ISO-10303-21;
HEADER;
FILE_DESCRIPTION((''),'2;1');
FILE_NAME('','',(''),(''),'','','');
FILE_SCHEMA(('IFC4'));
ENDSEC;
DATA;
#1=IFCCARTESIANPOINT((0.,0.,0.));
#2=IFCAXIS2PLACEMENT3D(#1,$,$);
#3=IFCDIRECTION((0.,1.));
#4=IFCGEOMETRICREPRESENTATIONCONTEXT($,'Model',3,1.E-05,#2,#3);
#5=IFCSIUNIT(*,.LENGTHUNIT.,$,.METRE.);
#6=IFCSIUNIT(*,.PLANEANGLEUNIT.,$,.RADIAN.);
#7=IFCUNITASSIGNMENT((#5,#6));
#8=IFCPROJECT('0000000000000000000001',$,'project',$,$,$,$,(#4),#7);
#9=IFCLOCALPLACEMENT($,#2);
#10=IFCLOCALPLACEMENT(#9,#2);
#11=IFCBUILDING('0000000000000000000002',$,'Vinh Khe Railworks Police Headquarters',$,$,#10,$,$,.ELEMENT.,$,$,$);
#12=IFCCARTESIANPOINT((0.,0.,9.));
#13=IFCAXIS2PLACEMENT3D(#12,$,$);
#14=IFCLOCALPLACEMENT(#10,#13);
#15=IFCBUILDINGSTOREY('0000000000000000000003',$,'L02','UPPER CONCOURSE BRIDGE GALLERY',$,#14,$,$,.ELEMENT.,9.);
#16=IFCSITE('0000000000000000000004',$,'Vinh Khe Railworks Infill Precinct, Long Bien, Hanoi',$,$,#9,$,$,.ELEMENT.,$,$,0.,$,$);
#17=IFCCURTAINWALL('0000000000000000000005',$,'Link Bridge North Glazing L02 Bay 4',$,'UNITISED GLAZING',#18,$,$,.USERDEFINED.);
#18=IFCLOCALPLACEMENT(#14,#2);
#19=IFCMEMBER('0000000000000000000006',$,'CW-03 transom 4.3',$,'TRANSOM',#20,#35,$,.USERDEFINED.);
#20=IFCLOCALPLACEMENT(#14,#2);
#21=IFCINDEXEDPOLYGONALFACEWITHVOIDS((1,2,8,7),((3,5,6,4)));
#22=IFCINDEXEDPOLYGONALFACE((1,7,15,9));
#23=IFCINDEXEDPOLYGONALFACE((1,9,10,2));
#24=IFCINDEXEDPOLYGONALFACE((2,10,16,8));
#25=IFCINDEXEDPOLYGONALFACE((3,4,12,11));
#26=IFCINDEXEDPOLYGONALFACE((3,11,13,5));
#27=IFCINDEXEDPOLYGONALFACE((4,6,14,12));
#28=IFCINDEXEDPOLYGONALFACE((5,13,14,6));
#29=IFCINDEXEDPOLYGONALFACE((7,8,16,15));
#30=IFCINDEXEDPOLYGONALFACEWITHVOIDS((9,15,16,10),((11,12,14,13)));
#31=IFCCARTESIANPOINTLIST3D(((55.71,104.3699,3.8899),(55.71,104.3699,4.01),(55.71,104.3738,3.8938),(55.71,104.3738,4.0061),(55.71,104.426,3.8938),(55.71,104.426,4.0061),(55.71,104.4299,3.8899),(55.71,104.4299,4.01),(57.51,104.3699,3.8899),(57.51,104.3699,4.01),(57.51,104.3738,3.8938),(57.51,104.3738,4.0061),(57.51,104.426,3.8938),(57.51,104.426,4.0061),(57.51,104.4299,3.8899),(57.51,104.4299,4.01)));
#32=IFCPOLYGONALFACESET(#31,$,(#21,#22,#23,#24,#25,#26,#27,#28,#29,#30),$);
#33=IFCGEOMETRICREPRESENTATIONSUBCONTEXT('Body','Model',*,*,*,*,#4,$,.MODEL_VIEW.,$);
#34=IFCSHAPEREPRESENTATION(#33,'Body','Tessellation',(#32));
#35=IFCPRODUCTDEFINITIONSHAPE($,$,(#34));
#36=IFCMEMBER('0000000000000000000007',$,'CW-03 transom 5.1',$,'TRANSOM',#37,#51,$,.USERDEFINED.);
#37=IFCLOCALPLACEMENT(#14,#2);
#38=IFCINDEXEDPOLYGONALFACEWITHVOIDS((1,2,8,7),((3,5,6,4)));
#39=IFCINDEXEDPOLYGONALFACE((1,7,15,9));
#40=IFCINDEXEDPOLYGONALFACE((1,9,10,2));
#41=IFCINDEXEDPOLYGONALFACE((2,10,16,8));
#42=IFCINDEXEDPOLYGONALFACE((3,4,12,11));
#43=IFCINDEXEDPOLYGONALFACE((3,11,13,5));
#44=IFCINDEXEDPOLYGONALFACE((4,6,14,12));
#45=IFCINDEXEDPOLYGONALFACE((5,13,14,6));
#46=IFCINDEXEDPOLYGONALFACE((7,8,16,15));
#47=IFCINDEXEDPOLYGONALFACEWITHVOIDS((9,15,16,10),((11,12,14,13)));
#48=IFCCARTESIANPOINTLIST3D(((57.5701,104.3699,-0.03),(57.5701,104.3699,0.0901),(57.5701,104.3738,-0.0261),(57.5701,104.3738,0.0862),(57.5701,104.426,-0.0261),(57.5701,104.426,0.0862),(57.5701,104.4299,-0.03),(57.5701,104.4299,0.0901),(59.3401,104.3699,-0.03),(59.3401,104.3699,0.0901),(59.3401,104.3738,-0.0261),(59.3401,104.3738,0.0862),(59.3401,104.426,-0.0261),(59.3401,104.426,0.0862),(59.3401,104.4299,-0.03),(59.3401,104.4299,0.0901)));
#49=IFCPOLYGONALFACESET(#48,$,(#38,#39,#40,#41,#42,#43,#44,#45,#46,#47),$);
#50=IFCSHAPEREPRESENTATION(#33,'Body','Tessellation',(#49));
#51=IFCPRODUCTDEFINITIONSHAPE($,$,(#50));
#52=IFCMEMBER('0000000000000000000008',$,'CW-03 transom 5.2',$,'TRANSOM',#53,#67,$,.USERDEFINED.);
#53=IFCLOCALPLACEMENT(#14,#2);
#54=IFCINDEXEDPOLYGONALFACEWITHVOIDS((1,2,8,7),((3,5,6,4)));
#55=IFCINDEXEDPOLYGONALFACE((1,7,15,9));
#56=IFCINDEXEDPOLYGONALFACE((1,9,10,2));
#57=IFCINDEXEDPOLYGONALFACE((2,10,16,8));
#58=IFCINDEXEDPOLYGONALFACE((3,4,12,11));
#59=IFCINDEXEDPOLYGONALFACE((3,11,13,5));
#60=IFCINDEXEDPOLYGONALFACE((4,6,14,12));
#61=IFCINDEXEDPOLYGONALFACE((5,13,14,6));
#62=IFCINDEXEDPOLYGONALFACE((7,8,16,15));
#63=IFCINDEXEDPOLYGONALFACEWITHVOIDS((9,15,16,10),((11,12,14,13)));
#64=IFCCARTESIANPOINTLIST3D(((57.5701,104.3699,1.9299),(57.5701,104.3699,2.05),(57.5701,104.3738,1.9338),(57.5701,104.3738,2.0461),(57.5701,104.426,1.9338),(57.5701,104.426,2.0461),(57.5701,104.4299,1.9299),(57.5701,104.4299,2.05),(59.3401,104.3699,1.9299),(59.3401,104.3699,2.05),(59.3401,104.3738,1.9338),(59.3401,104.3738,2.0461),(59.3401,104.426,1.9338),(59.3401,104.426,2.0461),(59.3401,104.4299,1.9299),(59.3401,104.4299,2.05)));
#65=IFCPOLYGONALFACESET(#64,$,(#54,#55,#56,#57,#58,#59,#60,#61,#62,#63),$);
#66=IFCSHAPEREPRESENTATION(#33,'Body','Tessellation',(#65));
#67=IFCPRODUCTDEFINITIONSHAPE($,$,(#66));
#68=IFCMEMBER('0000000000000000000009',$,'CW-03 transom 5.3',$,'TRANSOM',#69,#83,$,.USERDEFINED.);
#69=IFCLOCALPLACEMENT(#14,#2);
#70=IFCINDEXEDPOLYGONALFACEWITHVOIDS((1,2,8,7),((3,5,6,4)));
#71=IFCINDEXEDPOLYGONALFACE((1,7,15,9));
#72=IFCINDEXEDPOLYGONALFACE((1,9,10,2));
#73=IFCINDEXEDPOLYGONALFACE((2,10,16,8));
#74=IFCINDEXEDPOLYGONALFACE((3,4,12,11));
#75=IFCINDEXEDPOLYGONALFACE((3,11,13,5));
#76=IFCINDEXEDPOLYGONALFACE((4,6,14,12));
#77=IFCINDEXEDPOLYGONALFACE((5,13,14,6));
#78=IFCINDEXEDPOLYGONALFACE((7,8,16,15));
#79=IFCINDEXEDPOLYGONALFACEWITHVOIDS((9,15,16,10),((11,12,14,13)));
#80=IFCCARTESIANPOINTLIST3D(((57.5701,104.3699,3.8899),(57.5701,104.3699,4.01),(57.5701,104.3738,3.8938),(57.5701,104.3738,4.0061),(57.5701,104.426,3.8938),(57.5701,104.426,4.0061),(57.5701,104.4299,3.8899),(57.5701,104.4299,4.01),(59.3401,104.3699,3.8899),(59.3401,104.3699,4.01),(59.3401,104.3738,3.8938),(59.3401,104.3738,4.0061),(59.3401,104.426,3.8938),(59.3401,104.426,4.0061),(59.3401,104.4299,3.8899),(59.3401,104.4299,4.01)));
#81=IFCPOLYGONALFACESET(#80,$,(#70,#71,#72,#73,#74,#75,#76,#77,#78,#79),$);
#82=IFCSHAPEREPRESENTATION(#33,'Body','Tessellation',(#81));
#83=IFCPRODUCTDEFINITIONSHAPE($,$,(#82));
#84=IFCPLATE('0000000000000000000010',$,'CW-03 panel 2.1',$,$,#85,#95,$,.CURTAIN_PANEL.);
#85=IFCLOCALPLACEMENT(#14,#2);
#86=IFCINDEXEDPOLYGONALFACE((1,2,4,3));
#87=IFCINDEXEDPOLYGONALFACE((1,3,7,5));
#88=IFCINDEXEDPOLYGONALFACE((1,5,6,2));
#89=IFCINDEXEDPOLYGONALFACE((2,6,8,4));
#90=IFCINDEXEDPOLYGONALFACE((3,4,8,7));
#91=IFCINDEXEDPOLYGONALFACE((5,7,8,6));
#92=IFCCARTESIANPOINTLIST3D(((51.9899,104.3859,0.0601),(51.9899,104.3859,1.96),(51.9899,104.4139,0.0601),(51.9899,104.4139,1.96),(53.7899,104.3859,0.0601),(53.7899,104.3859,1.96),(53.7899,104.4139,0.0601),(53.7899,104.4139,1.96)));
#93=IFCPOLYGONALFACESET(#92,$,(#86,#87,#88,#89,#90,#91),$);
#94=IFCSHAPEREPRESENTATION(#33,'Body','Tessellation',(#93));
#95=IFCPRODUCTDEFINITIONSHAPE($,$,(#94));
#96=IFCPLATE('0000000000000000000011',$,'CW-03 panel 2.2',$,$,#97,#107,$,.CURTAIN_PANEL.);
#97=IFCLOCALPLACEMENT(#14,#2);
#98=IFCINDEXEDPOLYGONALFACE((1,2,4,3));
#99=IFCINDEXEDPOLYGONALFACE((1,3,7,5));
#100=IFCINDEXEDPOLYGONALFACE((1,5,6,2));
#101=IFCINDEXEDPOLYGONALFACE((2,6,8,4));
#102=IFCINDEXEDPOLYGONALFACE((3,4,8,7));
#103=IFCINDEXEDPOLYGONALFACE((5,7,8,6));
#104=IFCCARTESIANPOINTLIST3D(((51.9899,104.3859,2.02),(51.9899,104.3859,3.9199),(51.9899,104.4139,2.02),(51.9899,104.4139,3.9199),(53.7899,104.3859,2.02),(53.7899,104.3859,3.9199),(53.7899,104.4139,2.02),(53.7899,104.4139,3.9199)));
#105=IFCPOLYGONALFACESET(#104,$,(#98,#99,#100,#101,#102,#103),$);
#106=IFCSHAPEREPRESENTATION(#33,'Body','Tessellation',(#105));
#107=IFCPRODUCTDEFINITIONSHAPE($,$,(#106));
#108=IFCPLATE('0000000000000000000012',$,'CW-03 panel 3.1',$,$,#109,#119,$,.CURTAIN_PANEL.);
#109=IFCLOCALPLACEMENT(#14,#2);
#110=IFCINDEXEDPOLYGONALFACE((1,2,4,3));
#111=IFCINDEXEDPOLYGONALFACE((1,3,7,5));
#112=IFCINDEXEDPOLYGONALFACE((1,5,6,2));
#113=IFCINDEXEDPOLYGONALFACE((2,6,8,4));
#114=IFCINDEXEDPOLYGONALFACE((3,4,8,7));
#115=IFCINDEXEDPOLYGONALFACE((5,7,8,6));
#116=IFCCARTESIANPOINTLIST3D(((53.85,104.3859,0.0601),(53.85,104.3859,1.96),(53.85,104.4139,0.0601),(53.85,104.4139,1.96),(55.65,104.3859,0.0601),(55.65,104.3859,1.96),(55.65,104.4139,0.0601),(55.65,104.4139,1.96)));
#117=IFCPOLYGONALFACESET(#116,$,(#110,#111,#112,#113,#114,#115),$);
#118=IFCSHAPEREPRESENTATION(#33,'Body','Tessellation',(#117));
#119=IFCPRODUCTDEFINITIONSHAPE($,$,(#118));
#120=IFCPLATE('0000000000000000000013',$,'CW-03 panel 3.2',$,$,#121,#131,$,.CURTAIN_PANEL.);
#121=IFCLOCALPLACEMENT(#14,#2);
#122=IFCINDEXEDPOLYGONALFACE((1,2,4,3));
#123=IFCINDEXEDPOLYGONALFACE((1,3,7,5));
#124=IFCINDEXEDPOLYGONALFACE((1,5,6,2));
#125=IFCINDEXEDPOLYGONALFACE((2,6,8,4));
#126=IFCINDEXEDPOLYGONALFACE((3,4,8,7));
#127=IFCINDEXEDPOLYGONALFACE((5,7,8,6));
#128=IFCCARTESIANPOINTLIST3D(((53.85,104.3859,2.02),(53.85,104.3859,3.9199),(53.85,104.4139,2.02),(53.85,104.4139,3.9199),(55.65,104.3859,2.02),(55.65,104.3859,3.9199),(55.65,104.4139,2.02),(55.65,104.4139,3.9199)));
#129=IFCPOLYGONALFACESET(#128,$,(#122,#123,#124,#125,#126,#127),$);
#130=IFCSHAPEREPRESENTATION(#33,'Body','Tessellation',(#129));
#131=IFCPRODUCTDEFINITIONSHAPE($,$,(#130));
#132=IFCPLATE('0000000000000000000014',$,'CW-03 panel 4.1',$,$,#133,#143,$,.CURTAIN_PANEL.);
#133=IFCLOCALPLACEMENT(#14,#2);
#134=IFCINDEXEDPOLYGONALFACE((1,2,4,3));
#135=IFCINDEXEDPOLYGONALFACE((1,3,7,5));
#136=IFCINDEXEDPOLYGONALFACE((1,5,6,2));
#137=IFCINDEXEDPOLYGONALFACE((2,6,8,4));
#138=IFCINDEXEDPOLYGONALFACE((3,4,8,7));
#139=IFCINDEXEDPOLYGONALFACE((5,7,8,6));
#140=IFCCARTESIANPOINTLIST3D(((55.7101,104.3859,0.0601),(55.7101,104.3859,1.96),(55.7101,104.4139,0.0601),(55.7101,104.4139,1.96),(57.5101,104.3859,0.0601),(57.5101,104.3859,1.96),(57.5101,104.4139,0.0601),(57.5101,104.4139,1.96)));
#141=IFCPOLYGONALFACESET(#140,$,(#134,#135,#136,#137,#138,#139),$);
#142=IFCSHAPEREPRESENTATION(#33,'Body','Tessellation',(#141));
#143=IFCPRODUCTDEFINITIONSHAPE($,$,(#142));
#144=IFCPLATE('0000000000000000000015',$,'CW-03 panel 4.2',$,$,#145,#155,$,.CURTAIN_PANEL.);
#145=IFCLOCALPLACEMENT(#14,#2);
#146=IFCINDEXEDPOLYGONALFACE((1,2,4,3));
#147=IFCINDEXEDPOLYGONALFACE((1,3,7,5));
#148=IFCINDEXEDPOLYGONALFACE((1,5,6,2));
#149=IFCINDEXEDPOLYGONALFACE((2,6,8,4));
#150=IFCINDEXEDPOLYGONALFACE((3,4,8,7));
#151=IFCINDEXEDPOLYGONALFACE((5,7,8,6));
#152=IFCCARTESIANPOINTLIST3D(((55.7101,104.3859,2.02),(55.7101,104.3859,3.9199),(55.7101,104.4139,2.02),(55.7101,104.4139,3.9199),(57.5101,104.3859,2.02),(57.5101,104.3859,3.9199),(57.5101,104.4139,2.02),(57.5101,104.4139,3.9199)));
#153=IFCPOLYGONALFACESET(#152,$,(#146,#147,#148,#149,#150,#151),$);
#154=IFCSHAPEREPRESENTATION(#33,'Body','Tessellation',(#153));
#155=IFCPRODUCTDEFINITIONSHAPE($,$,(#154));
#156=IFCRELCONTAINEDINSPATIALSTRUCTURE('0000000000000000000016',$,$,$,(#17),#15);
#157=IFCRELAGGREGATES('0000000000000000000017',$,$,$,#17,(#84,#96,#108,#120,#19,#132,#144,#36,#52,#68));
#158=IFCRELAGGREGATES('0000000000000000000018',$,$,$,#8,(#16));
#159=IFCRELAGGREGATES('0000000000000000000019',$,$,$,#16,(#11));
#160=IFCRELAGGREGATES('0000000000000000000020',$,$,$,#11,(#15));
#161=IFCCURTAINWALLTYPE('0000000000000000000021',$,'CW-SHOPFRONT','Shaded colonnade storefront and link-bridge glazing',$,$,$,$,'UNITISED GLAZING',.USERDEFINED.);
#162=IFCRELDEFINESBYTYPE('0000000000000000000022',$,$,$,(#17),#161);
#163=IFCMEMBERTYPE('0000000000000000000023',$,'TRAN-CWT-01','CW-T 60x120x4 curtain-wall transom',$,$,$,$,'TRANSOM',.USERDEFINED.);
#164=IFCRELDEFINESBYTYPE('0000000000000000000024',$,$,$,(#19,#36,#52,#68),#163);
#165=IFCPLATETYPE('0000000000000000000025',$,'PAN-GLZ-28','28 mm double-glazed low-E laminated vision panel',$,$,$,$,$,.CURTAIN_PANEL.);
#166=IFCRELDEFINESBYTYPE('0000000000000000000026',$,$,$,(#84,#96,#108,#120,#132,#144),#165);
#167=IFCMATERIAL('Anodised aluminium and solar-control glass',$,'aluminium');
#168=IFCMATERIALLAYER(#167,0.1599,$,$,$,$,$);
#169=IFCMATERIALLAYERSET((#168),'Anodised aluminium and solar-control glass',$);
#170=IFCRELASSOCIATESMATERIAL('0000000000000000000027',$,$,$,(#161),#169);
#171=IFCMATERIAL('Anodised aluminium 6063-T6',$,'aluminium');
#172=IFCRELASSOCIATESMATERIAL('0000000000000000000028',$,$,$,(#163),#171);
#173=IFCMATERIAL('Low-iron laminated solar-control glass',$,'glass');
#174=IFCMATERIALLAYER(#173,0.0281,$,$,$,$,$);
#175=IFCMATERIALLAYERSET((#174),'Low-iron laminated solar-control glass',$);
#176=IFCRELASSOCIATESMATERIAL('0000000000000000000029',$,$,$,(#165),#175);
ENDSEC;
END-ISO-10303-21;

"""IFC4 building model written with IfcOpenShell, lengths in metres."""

from ifc_helpers import new_model, si_unit, direction, frame, origin, origin_2d, place, context, subcontext, project, spatial, rectangle, hollow_rectangle, extrude, material, layer, layer_set, material_profile, profile_set, type_object, element, aggregate, save


model = new_model("IFC4")

# Units and contexts
model_context = context("Model", 3, precision=1e-05, world=origin(), true_north=direction((0.0, 1.0)))
body_context = subcontext(model_context, "Body", "Model", "MODEL_VIEW")
ifc_project = project(units=[si_unit("LENGTHUNIT", "METRE"), si_unit("PLANEANGLEUNIT", "RADIAN")], contexts=[model_context])

# Site, building, storey
site_placement = place(None, origin())
site = spatial("IfcSite", under=ifc_project, at=site_placement, Name="Vinh Khe Railworks Infill Precinct, Long Bien, Hanoi", CompositionType="ELEMENT", RefElevation=0.0)
building_placement = place(site_placement, origin())
building = spatial("IfcBuilding", under=site, at=building_placement, Name="Vinh Khe Railworks Police Headquarters", CompositionType="ELEMENT")
storey_placement = place(building_placement, frame((0.0, 0.0, 9.0)))
storey = spatial("IfcBuildingStorey", under=building, at=storey_placement, Name="L02", Description="UPPER CONCOURSE BRIDGE GALLERY", CompositionType="ELEMENT", Elevation=9.0)

# Curtain wall, members, plates
ifc_material_1 = material(Name="Anodised aluminium and solar-control glass", Category="aluminium")
ifc_layer_1 = layer(ifc_material_1, 0.1599)
ifc_layer_set_1 = layer_set([ifc_layer_1], Name="Anodised aluminium and solar-control glass")
curtain_wall_type = type_object("IfcCurtainWallType", Name="CW-SHOPFRONT", Description="Shaded colonnade storefront and link-bridge glazing", ElementType="UNITISED GLAZING", PredefinedType="USERDEFINED", material=ifc_layer_set_1)
curtain_wall_placement = place(storey_placement, origin())
curtain_wall = element("IfcCurtainWall", 1, at=curtain_wall_placement, inside=storey, type_object=curtain_wall_type, Name="Link Bridge North Glazing L02 Bay 4", ObjectType="UNITISED GLAZING", PredefinedType="USERDEFINED")
ifc_material_2 = material(Name="Anodised aluminium 6063-T6", Category="aluminium")
ifc_material_profile_1 = material_profile(ifc_material_2, hollow_rectangle(XDim=0.0601, YDim=0.1201, WallThickness=0.0039, at=origin_2d()), Name="CW-T 60x120x4")
ifc_profile_set_1 = profile_set([ifc_material_profile_1], Name="Anodised aluminium 6063-T6")
member_type_1 = type_object("IfcMemberType", Name="TRAN-CWT-01", Description="CW-T 60x120x4 curtain-wall transom", ElementType="TRANSOM", PredefinedType="USERDEFINED", material=ifc_profile_set_1)
member_1_placement = place(storey_placement, frame((55.71, 104.3999, 3.95), z_axis=(1.0, 0.0, 0.0), x_axis=(0.0, 1.0, 0.0)))
member_1 = element("IfcMember", 2, at=member_1_placement, type_object=member_type_1, Name="CW-03 transom 4.3", ObjectType="TRANSOM", PredefinedType="USERDEFINED", context=body_context, shape_type="SweptSolid", body=[
    extrude(hollow_rectangle(XDim=0.0601, YDim=0.1201, WallThickness=0.0039, at=origin_2d()), origin(), (0.0, 0.0, 1.0), 1.8),
])
member_2_placement = place(storey_placement, frame((57.5701, 104.3999, 0.03), z_axis=(1.0, 0.0, 0.0), x_axis=(0.0, 1.0, 0.0)))
member_2 = element("IfcMember", 3, at=member_2_placement, type_object=member_type_1, Name="CW-03 transom 5.1", ObjectType="TRANSOM", PredefinedType="USERDEFINED", context=body_context, shape_type="SweptSolid", body=[
    extrude(hollow_rectangle(XDim=0.0601, YDim=0.1201, WallThickness=0.0039, at=origin_2d()), origin(), (0.0, 0.0, 1.0), 1.77),
])
member_3_placement = place(storey_placement, frame((57.5701, 104.3999, 1.99), z_axis=(1.0, 0.0, 0.0), x_axis=(0.0, 1.0, 0.0)))
member_3 = element("IfcMember", 4, at=member_3_placement, type_object=member_type_1, Name="CW-03 transom 5.2", ObjectType="TRANSOM", PredefinedType="USERDEFINED", context=body_context, shape_type="SweptSolid", body=[
    extrude(hollow_rectangle(XDim=0.0601, YDim=0.1201, WallThickness=0.0039, at=origin_2d()), origin(), (0.0, 0.0, 1.0), 1.77),
])
member_4_placement = place(storey_placement, frame((57.5701, 104.3999, 3.95), z_axis=(1.0, 0.0, 0.0), x_axis=(0.0, 1.0, 0.0)))
member_4 = element("IfcMember", 5, at=member_4_placement, type_object=member_type_1, Name="CW-03 transom 5.3", ObjectType="TRANSOM", PredefinedType="USERDEFINED", context=body_context, shape_type="SweptSolid", body=[
    extrude(hollow_rectangle(XDim=0.0601, YDim=0.1201, WallThickness=0.0039, at=origin_2d()), origin(), (0.0, 0.0, 1.0), 1.77),
])
ifc_material_3 = material(Name="Low-iron laminated solar-control glass", Category="glass")
ifc_layer_2 = layer(ifc_material_3, 0.0281)
ifc_layer_set_2 = layer_set([ifc_layer_2], Name="Low-iron laminated solar-control glass")
plate_type = type_object("IfcPlateType", Name="PAN-GLZ-28", Description="28 mm double-glazed low-E laminated vision panel", PredefinedType="CURTAIN_PANEL", material=ifc_layer_set_2)
plate_1_placement = place(storey_placement, frame((52.8899, 104.3999, 0.0601), z_axis=(0.0, 0.0, 1.0), x_axis=(1.0, 0.0, 0.0)))
plate_1 = element("IfcPlate", 6, at=plate_1_placement, type_object=plate_type, Name="CW-03 panel 2.1", PredefinedType="CURTAIN_PANEL", context=body_context, shape_type="SweptSolid", body=[
    extrude(rectangle(XDim=1.8, YDim=0.0281, at=origin_2d()), origin(), (0.0, 0.0, 1.0), 1.8999),
])
plate_2_placement = place(storey_placement, frame((52.8899, 104.3999, 2.02), z_axis=(0.0, 0.0, 1.0), x_axis=(1.0, 0.0, 0.0)))
plate_2 = element("IfcPlate", 7, at=plate_2_placement, type_object=plate_type, Name="CW-03 panel 2.2", PredefinedType="CURTAIN_PANEL", context=body_context, shape_type="SweptSolid", body=[
    extrude(rectangle(XDim=1.8, YDim=0.0281, at=origin_2d()), origin(), (0.0, 0.0, 1.0), 1.8999),
])
plate_3_placement = place(storey_placement, frame((54.75, 104.3999, 0.0601), z_axis=(0.0, 0.0, 1.0), x_axis=(1.0, 0.0, 0.0)))
plate_3 = element("IfcPlate", 8, at=plate_3_placement, type_object=plate_type, Name="CW-03 panel 3.1", PredefinedType="CURTAIN_PANEL", context=body_context, shape_type="SweptSolid", body=[
    extrude(rectangle(XDim=1.8, YDim=0.0281, at=origin_2d()), origin(), (0.0, 0.0, 1.0), 1.8999),
])
plate_4_placement = place(storey_placement, frame((54.75, 104.3999, 2.02), z_axis=(0.0, 0.0, 1.0), x_axis=(1.0, 0.0, 0.0)))
plate_4 = element("IfcPlate", 9, at=plate_4_placement, type_object=plate_type, Name="CW-03 panel 3.2", PredefinedType="CURTAIN_PANEL", context=body_context, shape_type="SweptSolid", body=[
    extrude(rectangle(XDim=1.8, YDim=0.0281, at=origin_2d()), origin(), (0.0, 0.0, 1.0), 1.8999),
])
plate_5_placement = place(storey_placement, frame((56.6101, 104.3999, 0.0601), z_axis=(0.0, 0.0, 1.0), x_axis=(1.0, 0.0, 0.0)))
plate_5 = element("IfcPlate", 10, at=plate_5_placement, type_object=plate_type, Name="CW-03 panel 4.1", PredefinedType="CURTAIN_PANEL", context=body_context, shape_type="SweptSolid", body=[
    extrude(rectangle(XDim=1.8, YDim=0.0281, at=origin_2d()), origin(), (0.0, 0.0, 1.0), 1.8999),
])
plate_6_placement = place(storey_placement, frame((56.6101, 104.3999, 2.02), z_axis=(0.0, 0.0, 1.0), x_axis=(1.0, 0.0, 0.0)))
plate_6 = element("IfcPlate", 11, at=plate_6_placement, type_object=plate_type, Name="CW-03 panel 4.2", PredefinedType="CURTAIN_PANEL", context=body_context, shape_type="SweptSolid", body=[
    extrude(rectangle(XDim=1.8, YDim=0.0281, at=origin_2d()), origin(), (0.0, 0.0, 1.0), 1.8999),
])
aggregate(curtain_wall, [plate_1, plate_2, plate_3, plate_4, member_1, plate_5, plate_6, member_2, member_3, member_4])

save(model, "model.ifc")
